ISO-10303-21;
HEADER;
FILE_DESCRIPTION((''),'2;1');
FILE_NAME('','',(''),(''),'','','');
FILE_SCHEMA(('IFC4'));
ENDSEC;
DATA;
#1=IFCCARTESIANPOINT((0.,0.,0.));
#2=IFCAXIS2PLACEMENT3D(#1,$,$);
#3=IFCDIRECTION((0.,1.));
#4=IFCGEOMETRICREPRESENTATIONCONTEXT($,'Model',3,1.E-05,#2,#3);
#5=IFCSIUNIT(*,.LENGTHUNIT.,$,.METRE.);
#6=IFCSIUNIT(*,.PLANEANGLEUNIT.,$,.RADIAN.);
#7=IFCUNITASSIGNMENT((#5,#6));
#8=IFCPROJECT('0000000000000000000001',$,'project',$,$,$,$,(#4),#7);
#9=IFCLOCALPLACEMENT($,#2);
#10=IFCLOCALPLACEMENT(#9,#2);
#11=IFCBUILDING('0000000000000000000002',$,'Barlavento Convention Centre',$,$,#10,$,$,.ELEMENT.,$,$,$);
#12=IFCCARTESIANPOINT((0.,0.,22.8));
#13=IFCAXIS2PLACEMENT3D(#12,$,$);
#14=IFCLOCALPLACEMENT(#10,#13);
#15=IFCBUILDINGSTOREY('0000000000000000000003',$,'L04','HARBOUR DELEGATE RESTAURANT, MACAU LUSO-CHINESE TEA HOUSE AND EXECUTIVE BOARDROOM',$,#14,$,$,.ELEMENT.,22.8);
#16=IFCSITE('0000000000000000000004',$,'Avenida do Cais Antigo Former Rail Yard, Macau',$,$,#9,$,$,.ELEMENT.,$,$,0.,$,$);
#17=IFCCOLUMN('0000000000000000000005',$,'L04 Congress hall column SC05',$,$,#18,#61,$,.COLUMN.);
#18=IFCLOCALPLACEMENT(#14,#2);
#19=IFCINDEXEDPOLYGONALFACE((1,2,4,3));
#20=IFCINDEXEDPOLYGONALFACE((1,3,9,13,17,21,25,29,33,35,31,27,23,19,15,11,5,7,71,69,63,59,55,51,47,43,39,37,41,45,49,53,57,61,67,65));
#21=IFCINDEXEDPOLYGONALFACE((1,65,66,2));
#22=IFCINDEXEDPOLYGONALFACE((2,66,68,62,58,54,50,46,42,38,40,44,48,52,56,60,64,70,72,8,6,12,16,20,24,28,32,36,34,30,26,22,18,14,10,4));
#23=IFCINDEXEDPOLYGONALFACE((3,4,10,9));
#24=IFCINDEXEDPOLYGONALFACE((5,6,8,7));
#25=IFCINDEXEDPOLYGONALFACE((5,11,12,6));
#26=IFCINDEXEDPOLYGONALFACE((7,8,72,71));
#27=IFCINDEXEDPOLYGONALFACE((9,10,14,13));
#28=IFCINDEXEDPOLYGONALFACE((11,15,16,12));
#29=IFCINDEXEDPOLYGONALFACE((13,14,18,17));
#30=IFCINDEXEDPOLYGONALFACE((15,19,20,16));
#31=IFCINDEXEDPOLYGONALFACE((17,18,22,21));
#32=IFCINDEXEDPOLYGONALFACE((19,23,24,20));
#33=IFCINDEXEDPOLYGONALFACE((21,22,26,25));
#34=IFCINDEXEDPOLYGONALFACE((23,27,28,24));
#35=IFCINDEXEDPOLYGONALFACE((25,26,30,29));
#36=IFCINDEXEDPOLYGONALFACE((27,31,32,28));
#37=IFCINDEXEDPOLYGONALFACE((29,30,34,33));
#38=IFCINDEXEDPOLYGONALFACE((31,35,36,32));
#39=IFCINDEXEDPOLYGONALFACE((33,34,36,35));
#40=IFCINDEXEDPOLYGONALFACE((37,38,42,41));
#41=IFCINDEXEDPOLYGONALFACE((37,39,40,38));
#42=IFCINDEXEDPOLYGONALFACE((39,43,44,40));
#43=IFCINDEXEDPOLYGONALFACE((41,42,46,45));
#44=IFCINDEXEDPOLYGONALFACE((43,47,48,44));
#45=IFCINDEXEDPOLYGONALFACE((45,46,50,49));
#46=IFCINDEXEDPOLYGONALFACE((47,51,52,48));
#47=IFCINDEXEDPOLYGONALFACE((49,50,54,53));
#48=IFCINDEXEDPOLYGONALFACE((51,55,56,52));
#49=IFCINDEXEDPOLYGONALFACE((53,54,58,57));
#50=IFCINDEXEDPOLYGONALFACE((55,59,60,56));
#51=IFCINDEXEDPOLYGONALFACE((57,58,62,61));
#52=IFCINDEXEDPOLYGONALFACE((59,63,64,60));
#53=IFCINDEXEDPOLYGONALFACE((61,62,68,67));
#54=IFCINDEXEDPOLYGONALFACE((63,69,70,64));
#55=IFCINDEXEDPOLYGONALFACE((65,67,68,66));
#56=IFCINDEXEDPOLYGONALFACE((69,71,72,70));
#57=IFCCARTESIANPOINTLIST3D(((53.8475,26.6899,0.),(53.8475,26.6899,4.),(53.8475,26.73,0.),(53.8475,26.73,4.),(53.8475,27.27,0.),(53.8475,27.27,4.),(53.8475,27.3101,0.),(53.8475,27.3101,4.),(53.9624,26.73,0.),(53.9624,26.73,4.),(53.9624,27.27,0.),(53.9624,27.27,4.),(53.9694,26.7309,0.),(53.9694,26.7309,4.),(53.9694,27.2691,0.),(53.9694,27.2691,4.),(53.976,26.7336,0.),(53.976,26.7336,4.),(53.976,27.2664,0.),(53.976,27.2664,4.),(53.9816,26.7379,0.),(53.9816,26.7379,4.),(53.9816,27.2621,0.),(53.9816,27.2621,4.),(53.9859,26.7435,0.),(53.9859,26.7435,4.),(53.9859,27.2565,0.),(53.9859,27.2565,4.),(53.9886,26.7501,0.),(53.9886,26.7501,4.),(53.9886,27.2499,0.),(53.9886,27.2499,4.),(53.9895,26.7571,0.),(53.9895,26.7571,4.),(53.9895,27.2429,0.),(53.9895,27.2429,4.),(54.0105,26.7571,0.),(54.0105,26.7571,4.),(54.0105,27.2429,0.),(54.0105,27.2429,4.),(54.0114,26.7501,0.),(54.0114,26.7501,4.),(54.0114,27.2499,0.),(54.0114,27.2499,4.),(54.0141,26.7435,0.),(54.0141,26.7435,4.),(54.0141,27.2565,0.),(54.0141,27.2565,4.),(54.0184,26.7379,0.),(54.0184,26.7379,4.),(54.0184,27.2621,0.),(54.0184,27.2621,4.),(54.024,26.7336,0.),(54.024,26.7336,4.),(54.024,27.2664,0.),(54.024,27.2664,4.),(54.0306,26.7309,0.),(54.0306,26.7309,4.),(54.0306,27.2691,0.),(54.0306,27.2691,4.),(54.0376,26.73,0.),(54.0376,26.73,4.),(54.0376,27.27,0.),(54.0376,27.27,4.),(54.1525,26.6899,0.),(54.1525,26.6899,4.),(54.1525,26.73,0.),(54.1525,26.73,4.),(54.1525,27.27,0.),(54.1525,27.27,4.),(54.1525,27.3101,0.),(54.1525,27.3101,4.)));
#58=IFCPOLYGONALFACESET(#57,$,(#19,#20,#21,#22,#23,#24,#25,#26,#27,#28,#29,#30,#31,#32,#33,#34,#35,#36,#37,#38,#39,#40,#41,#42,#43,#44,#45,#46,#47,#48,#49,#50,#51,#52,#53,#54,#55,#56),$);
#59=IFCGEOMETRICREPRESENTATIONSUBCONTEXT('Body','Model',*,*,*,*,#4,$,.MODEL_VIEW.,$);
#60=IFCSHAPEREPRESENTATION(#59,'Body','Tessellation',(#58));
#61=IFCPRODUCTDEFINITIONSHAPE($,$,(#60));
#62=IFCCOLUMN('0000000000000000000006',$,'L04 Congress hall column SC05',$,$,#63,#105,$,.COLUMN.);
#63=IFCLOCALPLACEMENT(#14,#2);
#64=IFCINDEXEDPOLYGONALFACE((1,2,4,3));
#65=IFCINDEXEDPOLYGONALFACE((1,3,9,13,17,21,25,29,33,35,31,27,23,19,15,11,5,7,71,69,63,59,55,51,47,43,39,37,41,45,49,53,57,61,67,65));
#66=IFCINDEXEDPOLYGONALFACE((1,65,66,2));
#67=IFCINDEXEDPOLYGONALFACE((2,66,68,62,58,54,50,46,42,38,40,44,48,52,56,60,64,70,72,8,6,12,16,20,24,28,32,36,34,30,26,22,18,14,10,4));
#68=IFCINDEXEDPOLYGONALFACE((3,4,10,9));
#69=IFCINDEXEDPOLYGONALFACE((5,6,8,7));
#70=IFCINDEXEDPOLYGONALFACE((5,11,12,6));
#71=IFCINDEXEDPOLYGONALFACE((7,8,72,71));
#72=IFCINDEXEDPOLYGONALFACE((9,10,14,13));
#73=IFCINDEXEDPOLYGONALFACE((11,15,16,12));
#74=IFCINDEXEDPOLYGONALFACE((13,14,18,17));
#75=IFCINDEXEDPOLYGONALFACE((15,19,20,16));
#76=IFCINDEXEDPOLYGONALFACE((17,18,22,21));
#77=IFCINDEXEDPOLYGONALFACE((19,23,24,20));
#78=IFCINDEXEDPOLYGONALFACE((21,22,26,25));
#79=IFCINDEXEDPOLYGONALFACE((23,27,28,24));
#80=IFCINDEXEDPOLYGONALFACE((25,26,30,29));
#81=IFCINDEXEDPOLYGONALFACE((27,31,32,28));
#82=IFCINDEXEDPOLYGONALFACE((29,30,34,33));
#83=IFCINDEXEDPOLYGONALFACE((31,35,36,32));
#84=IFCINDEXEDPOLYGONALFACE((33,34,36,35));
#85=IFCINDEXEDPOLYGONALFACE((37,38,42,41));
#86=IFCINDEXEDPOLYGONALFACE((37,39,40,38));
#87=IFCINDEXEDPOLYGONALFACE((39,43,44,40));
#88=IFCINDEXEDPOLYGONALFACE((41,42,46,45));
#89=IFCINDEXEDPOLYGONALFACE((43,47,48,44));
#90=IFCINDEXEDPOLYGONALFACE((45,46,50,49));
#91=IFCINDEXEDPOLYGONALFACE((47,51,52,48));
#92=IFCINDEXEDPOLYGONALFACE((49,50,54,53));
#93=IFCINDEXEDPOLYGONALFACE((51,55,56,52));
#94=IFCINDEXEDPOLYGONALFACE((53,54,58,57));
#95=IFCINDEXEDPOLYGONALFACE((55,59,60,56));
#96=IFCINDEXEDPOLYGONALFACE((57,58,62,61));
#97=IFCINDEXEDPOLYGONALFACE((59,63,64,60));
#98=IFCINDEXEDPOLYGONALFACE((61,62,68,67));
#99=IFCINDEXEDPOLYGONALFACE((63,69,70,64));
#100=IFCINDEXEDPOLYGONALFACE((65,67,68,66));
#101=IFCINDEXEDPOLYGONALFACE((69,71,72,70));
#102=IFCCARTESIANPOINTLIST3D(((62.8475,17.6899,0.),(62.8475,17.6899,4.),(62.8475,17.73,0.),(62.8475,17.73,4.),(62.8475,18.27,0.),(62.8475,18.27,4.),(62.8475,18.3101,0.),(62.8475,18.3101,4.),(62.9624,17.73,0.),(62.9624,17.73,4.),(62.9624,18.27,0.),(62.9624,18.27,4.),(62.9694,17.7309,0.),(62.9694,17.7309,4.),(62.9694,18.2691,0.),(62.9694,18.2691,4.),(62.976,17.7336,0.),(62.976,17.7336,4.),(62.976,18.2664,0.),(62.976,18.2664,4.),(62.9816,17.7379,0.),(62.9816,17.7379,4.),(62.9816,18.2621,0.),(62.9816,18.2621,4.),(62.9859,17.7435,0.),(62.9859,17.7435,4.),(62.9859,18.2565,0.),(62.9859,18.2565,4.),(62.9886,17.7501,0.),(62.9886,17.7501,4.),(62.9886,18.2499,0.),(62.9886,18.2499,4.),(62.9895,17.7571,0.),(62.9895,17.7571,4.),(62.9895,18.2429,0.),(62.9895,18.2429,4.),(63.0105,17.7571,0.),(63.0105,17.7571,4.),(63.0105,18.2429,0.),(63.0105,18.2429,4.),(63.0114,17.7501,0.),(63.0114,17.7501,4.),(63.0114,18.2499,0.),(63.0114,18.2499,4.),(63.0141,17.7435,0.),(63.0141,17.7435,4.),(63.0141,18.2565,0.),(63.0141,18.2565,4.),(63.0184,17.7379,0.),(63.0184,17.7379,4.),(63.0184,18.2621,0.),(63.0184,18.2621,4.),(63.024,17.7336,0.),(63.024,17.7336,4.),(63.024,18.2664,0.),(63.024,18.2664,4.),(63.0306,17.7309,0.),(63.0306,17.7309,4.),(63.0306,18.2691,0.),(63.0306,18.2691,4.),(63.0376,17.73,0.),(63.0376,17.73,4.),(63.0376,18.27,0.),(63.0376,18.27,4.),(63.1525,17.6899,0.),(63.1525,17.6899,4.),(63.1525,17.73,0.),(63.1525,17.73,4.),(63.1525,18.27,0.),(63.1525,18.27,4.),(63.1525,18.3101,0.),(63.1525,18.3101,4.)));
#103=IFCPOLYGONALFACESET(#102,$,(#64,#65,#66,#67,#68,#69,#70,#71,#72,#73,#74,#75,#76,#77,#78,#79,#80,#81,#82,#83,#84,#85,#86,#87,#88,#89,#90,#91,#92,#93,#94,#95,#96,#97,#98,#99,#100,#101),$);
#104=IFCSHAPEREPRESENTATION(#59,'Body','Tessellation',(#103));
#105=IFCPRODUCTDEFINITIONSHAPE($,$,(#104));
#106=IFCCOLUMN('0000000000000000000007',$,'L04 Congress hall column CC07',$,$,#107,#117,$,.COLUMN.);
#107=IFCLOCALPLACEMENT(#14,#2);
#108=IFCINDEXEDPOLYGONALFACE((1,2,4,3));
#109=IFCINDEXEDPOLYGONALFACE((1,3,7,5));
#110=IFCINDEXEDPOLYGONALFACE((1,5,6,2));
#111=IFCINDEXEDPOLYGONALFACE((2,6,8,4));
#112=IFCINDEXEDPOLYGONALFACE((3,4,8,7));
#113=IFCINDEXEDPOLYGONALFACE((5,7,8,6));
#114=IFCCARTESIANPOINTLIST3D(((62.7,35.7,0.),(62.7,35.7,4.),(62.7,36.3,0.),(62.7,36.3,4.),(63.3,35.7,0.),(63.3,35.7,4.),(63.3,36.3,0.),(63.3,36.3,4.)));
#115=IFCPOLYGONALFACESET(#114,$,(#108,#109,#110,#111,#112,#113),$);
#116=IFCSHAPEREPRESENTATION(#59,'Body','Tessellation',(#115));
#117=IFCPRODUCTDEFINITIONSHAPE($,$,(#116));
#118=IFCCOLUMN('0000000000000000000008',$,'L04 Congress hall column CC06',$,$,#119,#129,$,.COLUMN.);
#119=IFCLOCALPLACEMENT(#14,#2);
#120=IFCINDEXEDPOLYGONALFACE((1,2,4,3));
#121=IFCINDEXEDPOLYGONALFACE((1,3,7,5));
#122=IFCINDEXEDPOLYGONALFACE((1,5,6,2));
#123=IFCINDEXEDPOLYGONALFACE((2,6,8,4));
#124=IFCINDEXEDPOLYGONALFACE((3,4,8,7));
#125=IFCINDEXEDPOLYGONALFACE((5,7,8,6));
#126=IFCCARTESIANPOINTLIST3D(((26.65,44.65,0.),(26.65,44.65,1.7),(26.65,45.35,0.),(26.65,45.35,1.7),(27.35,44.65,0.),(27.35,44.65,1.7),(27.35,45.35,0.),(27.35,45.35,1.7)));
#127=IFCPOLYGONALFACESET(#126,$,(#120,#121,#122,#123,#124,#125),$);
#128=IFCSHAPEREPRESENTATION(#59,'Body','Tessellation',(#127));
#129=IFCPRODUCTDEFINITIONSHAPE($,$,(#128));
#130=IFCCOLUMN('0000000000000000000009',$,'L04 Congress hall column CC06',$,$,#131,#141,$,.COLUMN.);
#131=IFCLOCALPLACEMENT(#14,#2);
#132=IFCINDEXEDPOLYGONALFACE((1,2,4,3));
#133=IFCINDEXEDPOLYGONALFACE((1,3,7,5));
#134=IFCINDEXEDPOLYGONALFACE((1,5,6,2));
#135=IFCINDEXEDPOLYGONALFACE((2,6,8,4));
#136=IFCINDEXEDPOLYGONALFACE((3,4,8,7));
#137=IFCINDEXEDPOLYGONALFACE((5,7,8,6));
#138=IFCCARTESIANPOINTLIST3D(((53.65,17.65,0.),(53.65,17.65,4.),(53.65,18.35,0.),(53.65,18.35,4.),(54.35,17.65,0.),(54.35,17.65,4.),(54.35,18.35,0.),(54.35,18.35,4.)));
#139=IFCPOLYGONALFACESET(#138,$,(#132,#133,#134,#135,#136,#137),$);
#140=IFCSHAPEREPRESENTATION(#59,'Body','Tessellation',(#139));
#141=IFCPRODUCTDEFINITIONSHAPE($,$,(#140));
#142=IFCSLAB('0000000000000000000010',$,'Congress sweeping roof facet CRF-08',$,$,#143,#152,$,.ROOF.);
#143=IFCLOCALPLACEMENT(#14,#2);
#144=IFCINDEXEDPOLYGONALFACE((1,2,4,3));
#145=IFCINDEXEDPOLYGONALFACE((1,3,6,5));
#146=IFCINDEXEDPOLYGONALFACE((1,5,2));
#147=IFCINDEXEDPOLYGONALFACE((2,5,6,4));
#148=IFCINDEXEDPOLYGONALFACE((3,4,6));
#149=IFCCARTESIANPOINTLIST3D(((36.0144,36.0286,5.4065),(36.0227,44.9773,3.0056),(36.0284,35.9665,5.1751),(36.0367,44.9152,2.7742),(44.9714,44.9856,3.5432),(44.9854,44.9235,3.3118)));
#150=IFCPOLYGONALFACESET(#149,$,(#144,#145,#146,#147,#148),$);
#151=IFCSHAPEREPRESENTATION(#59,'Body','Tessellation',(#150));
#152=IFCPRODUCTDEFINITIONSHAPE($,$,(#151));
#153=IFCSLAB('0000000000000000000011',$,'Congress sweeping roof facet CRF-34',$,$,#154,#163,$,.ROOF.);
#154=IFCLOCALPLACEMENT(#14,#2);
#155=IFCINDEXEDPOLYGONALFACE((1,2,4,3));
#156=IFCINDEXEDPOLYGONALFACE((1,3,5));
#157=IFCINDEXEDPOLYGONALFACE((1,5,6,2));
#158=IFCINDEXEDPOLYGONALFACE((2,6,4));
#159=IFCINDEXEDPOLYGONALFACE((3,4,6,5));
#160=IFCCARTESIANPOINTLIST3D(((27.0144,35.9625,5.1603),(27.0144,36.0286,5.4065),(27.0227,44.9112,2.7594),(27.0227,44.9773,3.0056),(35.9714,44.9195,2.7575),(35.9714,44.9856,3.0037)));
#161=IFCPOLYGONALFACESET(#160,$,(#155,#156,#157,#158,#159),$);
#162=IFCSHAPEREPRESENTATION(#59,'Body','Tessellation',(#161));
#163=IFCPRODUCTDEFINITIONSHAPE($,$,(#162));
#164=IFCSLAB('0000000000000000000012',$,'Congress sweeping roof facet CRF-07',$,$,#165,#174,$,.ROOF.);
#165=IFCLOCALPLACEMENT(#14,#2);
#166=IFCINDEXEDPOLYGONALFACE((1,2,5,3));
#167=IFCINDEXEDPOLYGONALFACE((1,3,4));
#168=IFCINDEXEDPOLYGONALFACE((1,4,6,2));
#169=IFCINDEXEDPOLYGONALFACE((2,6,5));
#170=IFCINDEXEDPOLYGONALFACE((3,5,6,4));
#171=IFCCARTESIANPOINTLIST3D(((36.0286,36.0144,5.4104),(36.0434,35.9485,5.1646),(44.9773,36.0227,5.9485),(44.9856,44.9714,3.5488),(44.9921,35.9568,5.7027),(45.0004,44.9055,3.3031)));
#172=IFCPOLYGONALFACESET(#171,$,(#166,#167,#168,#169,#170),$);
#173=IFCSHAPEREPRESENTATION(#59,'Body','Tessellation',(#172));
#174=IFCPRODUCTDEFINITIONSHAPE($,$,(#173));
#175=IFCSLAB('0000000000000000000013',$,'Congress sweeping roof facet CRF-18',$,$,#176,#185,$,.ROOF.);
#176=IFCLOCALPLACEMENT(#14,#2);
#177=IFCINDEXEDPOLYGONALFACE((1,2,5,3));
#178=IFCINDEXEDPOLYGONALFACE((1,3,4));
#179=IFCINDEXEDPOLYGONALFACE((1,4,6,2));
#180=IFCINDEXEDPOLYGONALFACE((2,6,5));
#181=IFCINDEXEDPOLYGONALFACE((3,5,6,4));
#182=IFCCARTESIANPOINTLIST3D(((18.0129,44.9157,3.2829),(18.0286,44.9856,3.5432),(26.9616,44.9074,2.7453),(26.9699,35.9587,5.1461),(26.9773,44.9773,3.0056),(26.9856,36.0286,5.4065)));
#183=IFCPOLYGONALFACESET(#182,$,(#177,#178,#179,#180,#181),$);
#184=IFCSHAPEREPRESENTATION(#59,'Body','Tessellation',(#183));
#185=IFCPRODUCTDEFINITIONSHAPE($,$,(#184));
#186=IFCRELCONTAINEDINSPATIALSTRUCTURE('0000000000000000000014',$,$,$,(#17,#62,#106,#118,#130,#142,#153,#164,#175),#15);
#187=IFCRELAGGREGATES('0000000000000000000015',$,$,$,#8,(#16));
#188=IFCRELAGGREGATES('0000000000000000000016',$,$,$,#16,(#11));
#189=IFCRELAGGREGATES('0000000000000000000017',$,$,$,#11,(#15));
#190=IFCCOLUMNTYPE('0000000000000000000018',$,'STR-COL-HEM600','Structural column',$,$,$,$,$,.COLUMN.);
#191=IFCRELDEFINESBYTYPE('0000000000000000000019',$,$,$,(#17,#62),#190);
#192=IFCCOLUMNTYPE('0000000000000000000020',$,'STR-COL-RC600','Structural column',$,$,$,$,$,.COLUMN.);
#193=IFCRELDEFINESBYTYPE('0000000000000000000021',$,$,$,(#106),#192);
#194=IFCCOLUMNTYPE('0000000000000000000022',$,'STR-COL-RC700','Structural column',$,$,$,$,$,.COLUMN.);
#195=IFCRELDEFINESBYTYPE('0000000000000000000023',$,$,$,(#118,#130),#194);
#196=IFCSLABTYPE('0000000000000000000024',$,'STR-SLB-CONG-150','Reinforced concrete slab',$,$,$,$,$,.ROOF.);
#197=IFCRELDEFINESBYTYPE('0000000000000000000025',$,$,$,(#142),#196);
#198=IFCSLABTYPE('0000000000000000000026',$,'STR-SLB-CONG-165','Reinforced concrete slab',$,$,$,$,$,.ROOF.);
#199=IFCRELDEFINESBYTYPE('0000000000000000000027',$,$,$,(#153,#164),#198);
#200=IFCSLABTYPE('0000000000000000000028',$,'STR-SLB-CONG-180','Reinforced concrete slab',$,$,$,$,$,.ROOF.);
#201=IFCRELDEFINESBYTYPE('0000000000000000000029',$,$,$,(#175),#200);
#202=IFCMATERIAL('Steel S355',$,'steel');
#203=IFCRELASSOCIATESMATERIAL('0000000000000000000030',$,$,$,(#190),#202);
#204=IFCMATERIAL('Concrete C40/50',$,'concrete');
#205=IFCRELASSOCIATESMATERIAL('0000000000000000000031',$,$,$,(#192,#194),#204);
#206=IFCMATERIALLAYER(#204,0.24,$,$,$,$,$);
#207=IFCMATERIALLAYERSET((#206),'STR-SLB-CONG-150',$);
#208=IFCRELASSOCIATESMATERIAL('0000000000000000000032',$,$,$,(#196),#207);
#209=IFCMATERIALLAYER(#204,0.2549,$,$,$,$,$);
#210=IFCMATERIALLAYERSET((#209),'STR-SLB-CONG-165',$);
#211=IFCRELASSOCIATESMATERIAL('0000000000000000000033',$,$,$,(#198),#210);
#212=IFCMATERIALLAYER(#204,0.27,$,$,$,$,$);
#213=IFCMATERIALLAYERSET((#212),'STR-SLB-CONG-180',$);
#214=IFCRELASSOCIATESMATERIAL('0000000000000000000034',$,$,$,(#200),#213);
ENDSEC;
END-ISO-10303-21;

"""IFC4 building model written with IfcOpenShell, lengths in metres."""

from ifc_helpers import new_model, si_unit, direction, frame, origin, origin_2d, place, context, subcontext, project, spatial, polyline, rectangle, i_section, outline, extrude, material, layer, layer_set, material_profile, profile_set, type_object, element, save


model = new_model("IFC4")

# Units and contexts
model_context = context("Model", 3, precision=1e-05, world=origin(), true_north=direction((0.0, 1.0)))
body_context = subcontext(model_context, "Body", "Model", "MODEL_VIEW")
ifc_project = project(units=[si_unit("LENGTHUNIT", "METRE"), si_unit("PLANEANGLEUNIT", "RADIAN")], contexts=[model_context])

# Site, building, storey
site_placement = place(None, origin())
site = spatial("IfcSite", under=ifc_project, at=site_placement, Name="Avenida do Cais Antigo Former Rail Yard, Macau", CompositionType="ELEMENT", RefElevation=0.0)
building_placement = place(site_placement, origin())
building = spatial("IfcBuilding", under=site, at=building_placement, Name="Barlavento Convention Centre", CompositionType="ELEMENT")
storey_placement = place(building_placement, frame((0.0, 0.0, 22.8)))
storey = spatial("IfcBuildingStorey", under=building, at=storey_placement, Name="L04", Description="HARBOUR DELEGATE RESTAURANT, MACAU LUSO-CHINESE TEA HOUSE AND EXECUTIVE BOARDROOM", CompositionType="ELEMENT", Elevation=22.8)

# Columns
ifc_material_1 = material(Name="Steel S355", Category="steel")
ifc_material_profile_1 = material_profile(ifc_material_1, i_section(OverallWidth=0.3049, OverallDepth=0.6201, WebThickness=0.021, FlangeThickness=0.04, FilletRadius=0.0271, at=origin_2d()), Name="HEM 600")
ifc_profile_set_1 = profile_set([ifc_material_profile_1], Name="Steel S355")
column_type_1 = type_object("IfcColumnType", Name="STR-COL-HEM600", Description="Structural column", PredefinedType="COLUMN", material=ifc_profile_set_1)
for number, where, z_axis, x_axis, name in (
    (1, (54.0, 27.0, 0.0), (0.0, 0.0, 1.0), (1.0, 0.0, 0.0), "L04 Congress hall column SC05"),
    (2, (63.0, 18.0, 0.0), (0.0, 0.0, 1.0), (1.0, 0.0, 0.0), "L04 Congress hall column SC05"),
):
    element("IfcColumn", number, at=place(storey_placement, frame(where, z_axis=z_axis, x_axis=x_axis)), inside=storey, type_object=column_type_1, Name=name, PredefinedType="COLUMN", context=body_context, shape_type="SweptSolid", body=[
        extrude(i_section(OverallWidth=0.3049, OverallDepth=0.6201, WebThickness=0.021, FlangeThickness=0.04, FilletRadius=0.0271, at=origin_2d()), origin(), (0.0, 0.0, 1.0), 4.0),
    ])
ifc_material_2 = material(Name="Concrete C40/50", Category="concrete")
ifc_material_profile_2 = material_profile(ifc_material_2, rectangle(XDim=0.6001, YDim=0.6001, at=origin_2d()), Name="RC 600x600")
ifc_profile_set_2 = profile_set([ifc_material_profile_2], Name="Concrete C40/50")
column_type_2 = type_object("IfcColumnType", Name="STR-COL-RC600", Description="Structural column", PredefinedType="COLUMN", material=ifc_profile_set_2)
column_1_placement = place(storey_placement, frame((63.0, 36.0, 0.0), z_axis=(0.0, 0.0, 1.0), x_axis=(1.0, 0.0, 0.0)))
element("IfcColumn", 3, at=column_1_placement, inside=storey, type_object=column_type_2, Name="L04 Congress hall column CC07", PredefinedType="COLUMN", context=body_context, shape_type="SweptSolid", body=[
    extrude(rectangle(XDim=0.6001, YDim=0.6001, at=origin_2d()), origin(), (0.0, 0.0, 1.0), 4.0),
])
ifc_material_profile_3 = material_profile(ifc_material_2, rectangle(XDim=0.7, YDim=0.7, at=origin_2d()), Name="RC 700x700")
ifc_profile_set_3 = profile_set([ifc_material_profile_3], Name="Concrete C40/50")
column_type_3 = type_object("IfcColumnType", Name="STR-COL-RC700", Description="Structural column", PredefinedType="COLUMN", material=ifc_profile_set_3)
column_2_placement = place(storey_placement, frame((27.0, 45.0, 0.0), z_axis=(0.0, 0.0, 1.0), x_axis=(1.0, 0.0, 0.0)))
element("IfcColumn", 4, at=column_2_placement, inside=storey, type_object=column_type_3, Name="L04 Congress hall column CC06", PredefinedType="COLUMN", context=body_context, shape_type="SweptSolid", body=[
    extrude(rectangle(XDim=0.7, YDim=0.7, at=origin_2d()), origin(), (0.0, 0.0, 1.0), 1.7),
])
column_3_placement = place(storey_placement, frame((54.0, 18.0, 0.0), z_axis=(0.0, 0.0, 1.0), x_axis=(1.0, 0.0, 0.0)))
element("IfcColumn", 5, at=column_3_placement, inside=storey, type_object=column_type_3, Name="L04 Congress hall column CC06", PredefinedType="COLUMN", context=body_context, shape_type="SweptSolid", body=[
    extrude(rectangle(XDim=0.7, YDim=0.7, at=origin_2d()), origin(), (0.0, 0.0, 1.0), 4.0),
])

# Slabs
ifc_layer_1 = layer(ifc_material_2, 0.24)
ifc_layer_set_1 = layer_set([ifc_layer_1], Name="STR-SLB-CONG-150")
slab_type_1 = type_object("IfcSlabType", Name="STR-SLB-CONG-150", Description="Reinforced concrete slab", PredefinedType="ROOF", material=ifc_layer_set_1)
slab_1_placement = place(storey_placement, frame((36.0144, 36.0286, 5.4065), z_axis=(-0.058164, 0.25874, 0.964194), x_axis=(0.699579, 0.699579, -0.145529)))
element("IfcSlab", 6, at=slab_1_placement, inside=storey, type_object=slab_type_1, Name="Congress sweeping roof facet CRF-08", PredefinedType="ROOF", context=body_context, shape_type="SweptSolid", body=[
    extrude(outline(polyline([(0.0, 0.0), (12.8035, 0.0), (6.6155, 6.4868), (0.0, 0.0)])), origin(), (0.0, 0.0, -1.0), 0.24),
])
ifc_layer_2 = layer(ifc_material_2, 0.2549)
ifc_layer_set_2 = layer_set([ifc_layer_2], Name="STR-SLB-CONG-165")
slab_type_2 = type_object("IfcSlabType", Name="STR-SLB-CONG-165", Description="Reinforced concrete slab", PredefinedType="ROOF", material=ifc_layer_set_2)
slab_2_placement = place(storey_placement, frame((27.0144, 36.0286, 5.4065), z_axis=(-0.00003, 0.259129, 0.965843), x_axis=(0.694718, 0.694718, -0.186367)))
element("IfcSlab", 7, at=slab_2_placement, inside=storey, type_object=slab_type_2, Name="Congress sweeping roof facet CRF-34", PredefinedType="ROOF", context=body_context, shape_type="SweptSolid", body=[
    extrude(outline(polyline([(0.0, 0.0), (12.893, 0.0), (6.6701, 6.4307), (0.0, 0.0)])), origin(), (0.0, 0.0, -1.0), 0.2549),
])
slab_3_placement = place(storey_placement, frame((36.0286, 36.0144, 5.4104), z_axis=(-0.058219, 0.258617, 0.964224), x_axis=(0.998197, 0.000926, 0.060021)))
element("IfcSlab", 8, at=slab_3_placement, inside=storey, type_object=slab_type_2, Name="Congress sweeping roof facet CRF-07", PredefinedType="ROOF", context=body_context, shape_type="SweptSolid", body=[
    extrude(outline(polyline([(0.0, 0.0), (8.9649, 0.0), (8.8374, 9.264), (0.0, 0.0)])), origin(), (0.0, 0.0, -1.0), 0.2549),
])
ifc_layer_3 = layer(ifc_material_2, 0.27)
ifc_layer_set_3 = layer_set([ifc_layer_3], Name="STR-SLB-CONG-180")
slab_type_3 = type_object("IfcSlabType", Name="STR-SLB-CONG-180", Description="Reinforced concrete slab", PredefinedType="ROOF", material=ifc_layer_set_3)
slab_4_placement = place(storey_placement, frame((26.9856, 36.0286, 5.4065), z_axis=(0.058164, 0.25874, 0.964194), x_axis=(-0.000896, 0.965842, -0.259128)))
element("IfcSlab", 9, at=slab_4_placement, inside=storey, type_object=slab_type_3, Name="Congress sweeping roof facet CRF-18", PredefinedType="ROOF", context=body_context, shape_type="SweptSolid", body=[
    extrude(outline(polyline([(0.0, 0.0), (9.2652, 0.0), (9.1419, 8.964), (0.0, 0.0)])), origin(), (0.0, 0.0, -1.0), 0.27),
])

save(model, "model.ifc")
